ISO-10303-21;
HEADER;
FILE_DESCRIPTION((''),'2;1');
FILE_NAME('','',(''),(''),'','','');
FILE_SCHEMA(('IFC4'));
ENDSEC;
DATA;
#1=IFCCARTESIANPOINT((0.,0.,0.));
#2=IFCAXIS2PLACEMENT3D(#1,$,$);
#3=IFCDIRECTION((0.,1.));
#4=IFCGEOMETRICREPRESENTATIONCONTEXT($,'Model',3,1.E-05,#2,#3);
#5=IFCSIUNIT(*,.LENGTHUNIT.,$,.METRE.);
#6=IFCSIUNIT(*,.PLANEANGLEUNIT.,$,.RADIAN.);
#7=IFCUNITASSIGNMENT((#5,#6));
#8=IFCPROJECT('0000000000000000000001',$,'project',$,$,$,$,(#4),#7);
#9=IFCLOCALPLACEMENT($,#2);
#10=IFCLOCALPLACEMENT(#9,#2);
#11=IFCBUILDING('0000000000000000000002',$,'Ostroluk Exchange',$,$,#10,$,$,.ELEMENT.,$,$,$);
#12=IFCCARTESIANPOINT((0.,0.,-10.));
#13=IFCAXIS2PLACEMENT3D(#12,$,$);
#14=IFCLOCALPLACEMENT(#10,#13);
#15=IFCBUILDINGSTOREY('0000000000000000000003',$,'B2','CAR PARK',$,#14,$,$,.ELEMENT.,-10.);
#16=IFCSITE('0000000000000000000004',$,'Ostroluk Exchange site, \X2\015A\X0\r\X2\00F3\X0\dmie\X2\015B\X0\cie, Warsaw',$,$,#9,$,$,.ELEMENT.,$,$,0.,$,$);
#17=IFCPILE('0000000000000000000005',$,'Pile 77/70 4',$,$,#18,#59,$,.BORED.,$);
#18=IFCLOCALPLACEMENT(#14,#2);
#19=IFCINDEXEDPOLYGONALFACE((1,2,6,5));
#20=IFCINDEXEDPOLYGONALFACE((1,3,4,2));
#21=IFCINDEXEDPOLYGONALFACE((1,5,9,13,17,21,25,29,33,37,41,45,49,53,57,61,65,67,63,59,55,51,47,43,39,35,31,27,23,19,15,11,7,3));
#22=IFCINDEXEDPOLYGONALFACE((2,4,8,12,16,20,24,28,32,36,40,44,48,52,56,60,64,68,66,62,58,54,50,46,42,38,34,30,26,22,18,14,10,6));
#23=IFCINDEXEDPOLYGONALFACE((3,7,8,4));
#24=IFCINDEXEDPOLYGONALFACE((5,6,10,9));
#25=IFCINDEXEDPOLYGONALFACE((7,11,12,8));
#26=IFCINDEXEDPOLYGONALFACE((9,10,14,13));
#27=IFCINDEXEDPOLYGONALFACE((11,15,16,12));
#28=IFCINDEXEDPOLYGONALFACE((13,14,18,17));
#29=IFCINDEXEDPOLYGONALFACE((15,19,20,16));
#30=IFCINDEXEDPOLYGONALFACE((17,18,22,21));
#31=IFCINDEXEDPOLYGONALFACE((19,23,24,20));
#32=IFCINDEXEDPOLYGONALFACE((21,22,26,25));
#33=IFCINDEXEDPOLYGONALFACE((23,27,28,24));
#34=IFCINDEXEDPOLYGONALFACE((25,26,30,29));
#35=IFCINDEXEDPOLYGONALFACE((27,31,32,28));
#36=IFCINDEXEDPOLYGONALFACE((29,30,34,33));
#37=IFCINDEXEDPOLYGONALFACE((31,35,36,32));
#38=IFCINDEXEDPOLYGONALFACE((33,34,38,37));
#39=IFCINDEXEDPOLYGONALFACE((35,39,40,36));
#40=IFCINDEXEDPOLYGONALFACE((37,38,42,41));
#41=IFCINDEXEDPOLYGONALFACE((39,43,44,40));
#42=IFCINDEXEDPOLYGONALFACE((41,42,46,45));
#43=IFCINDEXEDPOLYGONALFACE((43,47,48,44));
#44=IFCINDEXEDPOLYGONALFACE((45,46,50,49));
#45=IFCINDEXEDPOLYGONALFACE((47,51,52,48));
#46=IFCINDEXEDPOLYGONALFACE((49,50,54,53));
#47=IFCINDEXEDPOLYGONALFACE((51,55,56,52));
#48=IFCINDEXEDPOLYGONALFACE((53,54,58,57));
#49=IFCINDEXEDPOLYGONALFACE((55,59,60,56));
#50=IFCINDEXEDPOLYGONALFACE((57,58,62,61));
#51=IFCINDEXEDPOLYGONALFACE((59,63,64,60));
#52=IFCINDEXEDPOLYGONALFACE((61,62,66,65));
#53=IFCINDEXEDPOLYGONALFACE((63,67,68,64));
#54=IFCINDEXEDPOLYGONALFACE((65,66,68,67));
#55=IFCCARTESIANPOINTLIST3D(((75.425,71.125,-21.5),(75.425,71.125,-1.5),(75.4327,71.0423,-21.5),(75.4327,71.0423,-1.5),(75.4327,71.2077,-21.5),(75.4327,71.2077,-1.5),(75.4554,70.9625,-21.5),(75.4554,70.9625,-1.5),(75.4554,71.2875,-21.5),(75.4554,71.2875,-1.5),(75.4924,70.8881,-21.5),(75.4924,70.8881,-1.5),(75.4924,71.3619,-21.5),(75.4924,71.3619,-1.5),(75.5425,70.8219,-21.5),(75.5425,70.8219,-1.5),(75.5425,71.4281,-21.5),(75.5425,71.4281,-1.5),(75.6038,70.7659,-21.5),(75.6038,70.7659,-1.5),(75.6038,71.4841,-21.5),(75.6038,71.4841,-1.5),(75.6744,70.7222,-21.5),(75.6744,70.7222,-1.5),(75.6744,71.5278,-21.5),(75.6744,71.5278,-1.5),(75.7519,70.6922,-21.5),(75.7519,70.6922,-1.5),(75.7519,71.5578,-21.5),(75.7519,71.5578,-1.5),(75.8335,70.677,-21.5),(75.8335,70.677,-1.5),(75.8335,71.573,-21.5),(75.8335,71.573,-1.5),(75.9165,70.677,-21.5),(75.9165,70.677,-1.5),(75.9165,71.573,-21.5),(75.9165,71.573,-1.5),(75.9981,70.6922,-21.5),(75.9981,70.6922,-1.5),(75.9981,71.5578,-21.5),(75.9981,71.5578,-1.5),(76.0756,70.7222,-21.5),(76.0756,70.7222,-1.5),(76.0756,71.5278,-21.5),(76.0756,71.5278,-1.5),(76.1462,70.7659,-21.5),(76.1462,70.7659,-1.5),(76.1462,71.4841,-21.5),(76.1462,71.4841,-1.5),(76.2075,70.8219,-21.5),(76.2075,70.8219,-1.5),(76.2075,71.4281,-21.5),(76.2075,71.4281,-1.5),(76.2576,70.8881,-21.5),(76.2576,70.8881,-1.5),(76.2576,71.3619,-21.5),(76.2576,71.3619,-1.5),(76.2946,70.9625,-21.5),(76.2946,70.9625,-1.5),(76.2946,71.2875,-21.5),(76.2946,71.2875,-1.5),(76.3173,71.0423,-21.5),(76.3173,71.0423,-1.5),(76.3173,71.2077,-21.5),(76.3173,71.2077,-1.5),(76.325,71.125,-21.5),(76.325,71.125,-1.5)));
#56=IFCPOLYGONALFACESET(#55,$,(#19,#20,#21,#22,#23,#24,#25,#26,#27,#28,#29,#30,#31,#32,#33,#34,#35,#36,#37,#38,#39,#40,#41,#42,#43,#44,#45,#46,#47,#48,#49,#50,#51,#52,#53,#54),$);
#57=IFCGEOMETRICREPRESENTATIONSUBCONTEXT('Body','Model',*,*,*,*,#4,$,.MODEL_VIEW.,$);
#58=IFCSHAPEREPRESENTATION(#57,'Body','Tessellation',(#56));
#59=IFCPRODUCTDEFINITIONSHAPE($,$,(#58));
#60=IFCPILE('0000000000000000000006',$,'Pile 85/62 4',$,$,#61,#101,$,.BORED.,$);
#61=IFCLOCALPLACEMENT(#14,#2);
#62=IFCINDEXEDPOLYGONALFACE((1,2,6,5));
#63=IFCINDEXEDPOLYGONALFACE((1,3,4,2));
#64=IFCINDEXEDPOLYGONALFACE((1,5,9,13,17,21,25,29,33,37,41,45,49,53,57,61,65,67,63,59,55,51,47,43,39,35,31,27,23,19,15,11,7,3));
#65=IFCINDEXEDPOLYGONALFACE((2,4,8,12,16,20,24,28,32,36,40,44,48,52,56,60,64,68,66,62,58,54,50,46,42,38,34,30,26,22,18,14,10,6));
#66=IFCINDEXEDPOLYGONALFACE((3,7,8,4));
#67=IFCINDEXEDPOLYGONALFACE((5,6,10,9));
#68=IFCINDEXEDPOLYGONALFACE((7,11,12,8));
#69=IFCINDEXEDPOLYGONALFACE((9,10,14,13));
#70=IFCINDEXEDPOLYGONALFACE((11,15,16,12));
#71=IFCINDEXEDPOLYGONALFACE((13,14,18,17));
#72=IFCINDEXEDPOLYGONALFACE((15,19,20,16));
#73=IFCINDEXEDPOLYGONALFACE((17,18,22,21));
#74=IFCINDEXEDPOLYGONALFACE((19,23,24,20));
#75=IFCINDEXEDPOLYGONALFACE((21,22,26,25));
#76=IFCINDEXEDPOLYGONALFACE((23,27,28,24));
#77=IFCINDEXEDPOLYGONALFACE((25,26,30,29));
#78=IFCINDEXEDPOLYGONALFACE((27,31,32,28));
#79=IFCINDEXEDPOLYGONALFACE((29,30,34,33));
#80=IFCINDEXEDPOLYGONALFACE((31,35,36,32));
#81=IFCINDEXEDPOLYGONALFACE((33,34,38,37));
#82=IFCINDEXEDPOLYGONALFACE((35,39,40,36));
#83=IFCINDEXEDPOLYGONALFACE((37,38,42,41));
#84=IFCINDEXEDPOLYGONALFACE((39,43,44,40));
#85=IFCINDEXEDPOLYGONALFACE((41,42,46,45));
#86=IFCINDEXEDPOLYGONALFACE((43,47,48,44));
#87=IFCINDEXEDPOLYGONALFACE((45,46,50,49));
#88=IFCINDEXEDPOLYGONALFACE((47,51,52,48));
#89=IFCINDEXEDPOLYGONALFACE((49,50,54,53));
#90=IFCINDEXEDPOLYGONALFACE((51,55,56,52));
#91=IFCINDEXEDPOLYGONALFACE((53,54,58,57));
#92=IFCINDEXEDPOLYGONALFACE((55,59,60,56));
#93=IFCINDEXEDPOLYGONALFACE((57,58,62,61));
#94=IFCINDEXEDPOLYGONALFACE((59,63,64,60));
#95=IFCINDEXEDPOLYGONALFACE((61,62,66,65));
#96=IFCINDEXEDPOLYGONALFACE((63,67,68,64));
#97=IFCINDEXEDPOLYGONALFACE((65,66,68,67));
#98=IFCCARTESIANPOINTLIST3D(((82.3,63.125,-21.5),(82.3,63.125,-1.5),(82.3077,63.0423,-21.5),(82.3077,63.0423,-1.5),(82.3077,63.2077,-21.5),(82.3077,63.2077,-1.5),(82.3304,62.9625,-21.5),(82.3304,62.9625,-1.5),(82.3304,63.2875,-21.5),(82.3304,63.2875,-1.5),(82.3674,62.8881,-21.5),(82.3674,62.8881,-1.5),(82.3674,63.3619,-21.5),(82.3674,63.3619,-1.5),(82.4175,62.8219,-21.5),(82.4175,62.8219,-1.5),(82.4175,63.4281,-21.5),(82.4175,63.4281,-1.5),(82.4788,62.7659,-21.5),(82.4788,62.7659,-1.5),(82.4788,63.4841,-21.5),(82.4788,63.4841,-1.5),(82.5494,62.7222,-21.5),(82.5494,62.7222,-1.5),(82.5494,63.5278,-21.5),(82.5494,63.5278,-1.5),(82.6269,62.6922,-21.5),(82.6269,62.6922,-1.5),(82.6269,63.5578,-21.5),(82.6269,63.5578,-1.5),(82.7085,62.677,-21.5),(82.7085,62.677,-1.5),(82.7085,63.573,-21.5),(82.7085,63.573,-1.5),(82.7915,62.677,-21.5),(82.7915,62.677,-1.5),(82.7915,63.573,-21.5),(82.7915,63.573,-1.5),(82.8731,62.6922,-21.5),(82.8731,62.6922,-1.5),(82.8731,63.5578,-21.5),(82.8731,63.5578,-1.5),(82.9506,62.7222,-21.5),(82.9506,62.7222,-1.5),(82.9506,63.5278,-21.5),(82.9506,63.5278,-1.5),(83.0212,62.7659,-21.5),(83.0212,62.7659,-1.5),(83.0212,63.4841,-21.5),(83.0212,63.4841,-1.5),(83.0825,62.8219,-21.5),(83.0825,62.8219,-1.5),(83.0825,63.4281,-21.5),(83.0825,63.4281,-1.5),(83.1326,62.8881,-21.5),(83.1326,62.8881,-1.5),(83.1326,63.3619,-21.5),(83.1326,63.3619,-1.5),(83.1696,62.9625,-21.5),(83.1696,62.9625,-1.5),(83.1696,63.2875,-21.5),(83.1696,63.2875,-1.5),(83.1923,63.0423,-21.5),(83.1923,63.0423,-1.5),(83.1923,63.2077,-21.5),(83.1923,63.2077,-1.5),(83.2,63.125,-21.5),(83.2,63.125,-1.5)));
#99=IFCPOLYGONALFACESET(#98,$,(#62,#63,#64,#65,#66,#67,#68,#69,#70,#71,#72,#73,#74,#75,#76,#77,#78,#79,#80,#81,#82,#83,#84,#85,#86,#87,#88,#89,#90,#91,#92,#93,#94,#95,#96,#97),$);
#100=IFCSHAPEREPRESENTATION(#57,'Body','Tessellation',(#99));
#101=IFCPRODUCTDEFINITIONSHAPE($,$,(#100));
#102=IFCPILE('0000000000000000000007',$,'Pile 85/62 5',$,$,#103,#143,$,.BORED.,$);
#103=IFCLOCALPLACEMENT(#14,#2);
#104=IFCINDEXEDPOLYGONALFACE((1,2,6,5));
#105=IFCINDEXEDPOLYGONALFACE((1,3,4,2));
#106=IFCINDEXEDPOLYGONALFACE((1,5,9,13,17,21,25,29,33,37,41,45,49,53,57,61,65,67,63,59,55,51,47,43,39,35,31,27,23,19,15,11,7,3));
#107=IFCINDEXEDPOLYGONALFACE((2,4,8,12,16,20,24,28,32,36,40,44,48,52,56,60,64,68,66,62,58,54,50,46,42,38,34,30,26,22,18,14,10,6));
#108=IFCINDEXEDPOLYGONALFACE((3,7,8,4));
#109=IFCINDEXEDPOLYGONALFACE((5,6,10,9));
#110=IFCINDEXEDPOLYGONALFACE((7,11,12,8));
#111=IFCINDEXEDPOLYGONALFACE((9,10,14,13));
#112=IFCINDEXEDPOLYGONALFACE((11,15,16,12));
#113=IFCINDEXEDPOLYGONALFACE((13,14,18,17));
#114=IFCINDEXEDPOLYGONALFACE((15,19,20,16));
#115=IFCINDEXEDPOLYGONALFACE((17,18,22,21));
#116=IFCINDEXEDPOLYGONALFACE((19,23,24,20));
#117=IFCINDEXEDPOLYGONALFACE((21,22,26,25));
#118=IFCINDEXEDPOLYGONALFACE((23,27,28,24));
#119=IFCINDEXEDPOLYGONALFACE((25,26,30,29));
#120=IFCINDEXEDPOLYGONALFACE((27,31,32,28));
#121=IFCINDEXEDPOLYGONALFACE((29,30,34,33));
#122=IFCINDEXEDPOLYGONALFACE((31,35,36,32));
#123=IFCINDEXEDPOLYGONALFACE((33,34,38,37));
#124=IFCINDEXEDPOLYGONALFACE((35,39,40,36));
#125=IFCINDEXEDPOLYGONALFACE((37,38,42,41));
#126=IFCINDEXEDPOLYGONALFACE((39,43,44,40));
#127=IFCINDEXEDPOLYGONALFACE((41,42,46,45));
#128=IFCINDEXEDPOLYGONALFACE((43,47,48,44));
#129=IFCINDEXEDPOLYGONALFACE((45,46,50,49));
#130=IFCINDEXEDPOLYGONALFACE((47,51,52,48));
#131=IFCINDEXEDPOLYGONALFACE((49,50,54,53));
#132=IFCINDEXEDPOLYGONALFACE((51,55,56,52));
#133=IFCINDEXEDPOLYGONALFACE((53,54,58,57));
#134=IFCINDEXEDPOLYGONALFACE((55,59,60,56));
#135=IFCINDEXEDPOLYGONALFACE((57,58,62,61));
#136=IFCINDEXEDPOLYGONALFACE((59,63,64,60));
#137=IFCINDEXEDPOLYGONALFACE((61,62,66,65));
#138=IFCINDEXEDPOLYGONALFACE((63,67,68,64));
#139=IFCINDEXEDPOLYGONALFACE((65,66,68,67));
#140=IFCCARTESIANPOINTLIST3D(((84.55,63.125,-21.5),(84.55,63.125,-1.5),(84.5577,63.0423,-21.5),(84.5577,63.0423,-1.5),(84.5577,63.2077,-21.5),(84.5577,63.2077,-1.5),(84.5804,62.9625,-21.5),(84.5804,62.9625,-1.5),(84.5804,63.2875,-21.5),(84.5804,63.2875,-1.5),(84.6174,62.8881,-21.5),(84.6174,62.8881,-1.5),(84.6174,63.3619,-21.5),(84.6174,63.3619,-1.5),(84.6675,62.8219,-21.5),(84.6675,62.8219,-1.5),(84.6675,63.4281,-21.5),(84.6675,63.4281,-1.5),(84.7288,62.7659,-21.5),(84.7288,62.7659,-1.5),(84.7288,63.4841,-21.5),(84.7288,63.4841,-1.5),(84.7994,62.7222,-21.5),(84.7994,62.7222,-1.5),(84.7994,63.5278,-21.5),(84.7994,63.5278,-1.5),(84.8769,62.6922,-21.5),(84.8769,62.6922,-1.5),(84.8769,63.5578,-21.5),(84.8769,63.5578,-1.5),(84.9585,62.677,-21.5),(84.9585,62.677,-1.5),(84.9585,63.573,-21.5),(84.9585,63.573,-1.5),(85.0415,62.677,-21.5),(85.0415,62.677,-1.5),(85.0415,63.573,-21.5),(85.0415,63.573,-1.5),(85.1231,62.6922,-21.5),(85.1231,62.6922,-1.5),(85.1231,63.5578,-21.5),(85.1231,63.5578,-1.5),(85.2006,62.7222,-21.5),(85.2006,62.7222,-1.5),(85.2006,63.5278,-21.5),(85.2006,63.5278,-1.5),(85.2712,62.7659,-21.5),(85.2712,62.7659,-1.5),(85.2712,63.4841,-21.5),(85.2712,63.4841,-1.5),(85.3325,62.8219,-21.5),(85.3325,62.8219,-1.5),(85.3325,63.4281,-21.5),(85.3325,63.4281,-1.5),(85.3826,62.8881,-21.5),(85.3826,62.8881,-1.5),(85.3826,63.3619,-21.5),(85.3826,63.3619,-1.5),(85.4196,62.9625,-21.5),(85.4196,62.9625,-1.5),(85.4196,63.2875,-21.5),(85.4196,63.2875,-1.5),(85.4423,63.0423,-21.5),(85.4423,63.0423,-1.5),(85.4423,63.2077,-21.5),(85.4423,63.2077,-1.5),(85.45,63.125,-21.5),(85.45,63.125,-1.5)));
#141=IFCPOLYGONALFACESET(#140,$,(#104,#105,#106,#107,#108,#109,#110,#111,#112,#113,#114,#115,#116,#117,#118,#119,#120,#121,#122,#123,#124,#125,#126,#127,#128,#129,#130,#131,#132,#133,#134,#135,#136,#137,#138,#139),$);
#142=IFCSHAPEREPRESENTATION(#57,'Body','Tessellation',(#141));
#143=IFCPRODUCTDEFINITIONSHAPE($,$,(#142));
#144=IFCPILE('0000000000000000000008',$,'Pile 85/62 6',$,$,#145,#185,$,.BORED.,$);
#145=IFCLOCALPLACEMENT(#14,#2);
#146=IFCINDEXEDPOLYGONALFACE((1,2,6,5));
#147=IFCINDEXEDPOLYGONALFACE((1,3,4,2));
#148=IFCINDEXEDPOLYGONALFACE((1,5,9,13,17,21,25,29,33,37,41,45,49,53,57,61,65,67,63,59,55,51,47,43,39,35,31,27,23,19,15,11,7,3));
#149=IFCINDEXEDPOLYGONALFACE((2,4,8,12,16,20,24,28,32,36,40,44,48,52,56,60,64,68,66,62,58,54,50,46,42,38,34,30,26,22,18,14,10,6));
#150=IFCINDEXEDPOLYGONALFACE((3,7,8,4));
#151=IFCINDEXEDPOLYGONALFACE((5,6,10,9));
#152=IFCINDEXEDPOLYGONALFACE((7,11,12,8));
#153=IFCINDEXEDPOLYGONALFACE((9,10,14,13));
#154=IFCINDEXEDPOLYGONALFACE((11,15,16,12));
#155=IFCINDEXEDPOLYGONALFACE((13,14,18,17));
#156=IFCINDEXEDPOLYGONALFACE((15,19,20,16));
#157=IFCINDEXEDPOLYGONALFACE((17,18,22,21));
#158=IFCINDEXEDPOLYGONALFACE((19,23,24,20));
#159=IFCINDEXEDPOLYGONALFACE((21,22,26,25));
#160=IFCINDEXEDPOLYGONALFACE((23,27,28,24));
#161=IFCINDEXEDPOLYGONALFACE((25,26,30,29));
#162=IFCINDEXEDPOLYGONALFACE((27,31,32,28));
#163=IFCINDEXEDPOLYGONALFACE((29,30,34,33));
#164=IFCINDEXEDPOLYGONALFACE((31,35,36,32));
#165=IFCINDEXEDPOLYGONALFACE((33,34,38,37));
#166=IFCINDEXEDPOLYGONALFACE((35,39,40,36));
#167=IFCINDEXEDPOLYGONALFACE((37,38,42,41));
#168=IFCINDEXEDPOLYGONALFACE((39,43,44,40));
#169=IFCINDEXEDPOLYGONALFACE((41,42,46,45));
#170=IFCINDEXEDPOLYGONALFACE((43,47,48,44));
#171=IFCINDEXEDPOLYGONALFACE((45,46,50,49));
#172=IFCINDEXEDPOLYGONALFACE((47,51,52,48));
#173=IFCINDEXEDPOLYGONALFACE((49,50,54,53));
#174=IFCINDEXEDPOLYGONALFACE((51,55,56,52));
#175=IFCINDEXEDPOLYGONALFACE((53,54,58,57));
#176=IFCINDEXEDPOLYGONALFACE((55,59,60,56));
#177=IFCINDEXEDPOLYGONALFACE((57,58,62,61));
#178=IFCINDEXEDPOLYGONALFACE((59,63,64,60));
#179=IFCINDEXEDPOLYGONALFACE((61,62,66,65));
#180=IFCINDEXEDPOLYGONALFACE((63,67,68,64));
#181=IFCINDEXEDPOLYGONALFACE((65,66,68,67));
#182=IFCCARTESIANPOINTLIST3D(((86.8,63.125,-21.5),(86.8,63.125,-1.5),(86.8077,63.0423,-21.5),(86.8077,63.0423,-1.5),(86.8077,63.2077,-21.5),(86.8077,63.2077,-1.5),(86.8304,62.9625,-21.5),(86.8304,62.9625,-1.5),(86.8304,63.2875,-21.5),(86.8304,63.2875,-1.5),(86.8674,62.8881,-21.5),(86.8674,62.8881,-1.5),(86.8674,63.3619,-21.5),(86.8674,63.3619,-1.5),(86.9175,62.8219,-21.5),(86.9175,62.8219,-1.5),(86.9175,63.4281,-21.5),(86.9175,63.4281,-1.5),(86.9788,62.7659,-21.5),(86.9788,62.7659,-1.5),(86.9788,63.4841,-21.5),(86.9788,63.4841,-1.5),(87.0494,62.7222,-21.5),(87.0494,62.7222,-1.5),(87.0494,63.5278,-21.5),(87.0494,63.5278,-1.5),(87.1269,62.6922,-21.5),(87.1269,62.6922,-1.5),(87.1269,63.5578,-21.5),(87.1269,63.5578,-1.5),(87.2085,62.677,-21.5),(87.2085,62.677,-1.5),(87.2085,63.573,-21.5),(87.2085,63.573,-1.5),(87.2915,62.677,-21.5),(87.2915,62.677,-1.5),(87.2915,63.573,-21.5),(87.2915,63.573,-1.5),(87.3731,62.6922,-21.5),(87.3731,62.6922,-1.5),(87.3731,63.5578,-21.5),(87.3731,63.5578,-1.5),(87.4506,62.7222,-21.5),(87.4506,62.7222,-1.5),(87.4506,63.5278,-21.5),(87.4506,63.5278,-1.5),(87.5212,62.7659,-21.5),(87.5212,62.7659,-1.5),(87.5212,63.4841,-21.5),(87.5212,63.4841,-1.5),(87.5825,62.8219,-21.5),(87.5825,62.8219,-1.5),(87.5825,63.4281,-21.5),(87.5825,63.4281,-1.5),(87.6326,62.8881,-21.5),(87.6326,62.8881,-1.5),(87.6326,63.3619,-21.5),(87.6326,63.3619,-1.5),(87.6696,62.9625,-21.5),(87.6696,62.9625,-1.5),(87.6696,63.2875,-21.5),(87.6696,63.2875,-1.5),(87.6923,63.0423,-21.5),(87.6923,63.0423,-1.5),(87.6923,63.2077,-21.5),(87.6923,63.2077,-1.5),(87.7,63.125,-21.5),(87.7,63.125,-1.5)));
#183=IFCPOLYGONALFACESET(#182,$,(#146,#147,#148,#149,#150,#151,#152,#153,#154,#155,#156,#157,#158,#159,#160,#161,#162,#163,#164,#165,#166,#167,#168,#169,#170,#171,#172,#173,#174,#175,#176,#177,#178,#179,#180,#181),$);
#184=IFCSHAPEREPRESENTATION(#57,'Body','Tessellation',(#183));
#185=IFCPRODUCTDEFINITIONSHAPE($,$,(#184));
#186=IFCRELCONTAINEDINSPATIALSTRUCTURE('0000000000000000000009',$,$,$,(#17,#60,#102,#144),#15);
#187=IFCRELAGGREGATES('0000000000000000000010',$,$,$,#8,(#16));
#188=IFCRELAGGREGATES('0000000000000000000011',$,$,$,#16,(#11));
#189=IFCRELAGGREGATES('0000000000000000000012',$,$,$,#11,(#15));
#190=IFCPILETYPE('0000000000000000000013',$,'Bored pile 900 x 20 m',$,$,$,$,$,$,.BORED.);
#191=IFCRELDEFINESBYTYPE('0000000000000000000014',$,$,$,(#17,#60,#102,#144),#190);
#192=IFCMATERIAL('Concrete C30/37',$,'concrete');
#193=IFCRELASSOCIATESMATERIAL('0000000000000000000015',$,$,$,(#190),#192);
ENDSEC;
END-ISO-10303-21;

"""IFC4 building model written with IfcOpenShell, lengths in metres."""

from ifc_helpers import new_model, si_unit, direction, frame, origin, origin_2d, place, context, subcontext, project, spatial, circle, extrude, material, type_object, element, save


model = new_model("IFC4")

# Units and contexts
model_context = context("Model", 3, precision=1e-05, world=origin(), true_north=direction((0.0, 1.0)))
body_context = subcontext(model_context, "Body", "Model", "MODEL_VIEW")
ifc_project = project(units=[si_unit("LENGTHUNIT", "METRE"), si_unit("PLANEANGLEUNIT", "RADIAN")], contexts=[model_context])

# Site, building, storey
site_placement = place(None, origin())
site = spatial("IfcSite", under=ifc_project, at=site_placement, Name="Ostroluk Exchange site, Śródmieście, Warsaw", CompositionType="ELEMENT", RefElevation=0.0)
building_placement = place(site_placement, origin())
building = spatial("IfcBuilding", under=site, at=building_placement, Name="Ostroluk Exchange", CompositionType="ELEMENT")
storey_placement = place(building_placement, frame((0.0, 0.0, -10.0)))
storey = spatial("IfcBuildingStorey", under=building, at=storey_placement, Name="B2", Description="CAR PARK", CompositionType="ELEMENT", Elevation=-10.0)

# Piles
ifc_material_1 = material(Name="Concrete C30/37", Category="concrete")
pile_type = type_object("IfcPileType", Name="Bored pile 900 x 20 m", PredefinedType="BORED", material=ifc_material_1)
for number, where, z_axis, x_axis, name in (
    (1, (75.875, 71.125, -1.5), (0.0, 0.0, -1.0), (1.0, 0.0, 0.0), "Pile 77/70 4"),
    (2, (82.75, 63.125, -1.5), (0.0, 0.0, -1.0), (1.0, 0.0, 0.0), "Pile 85/62 4"),
    (3, (85.0, 63.125, -1.5), (0.0, 0.0, -1.0), (1.0, 0.0, 0.0), "Pile 85/62 5"),
    (4, (87.25, 63.125, -1.5), (0.0, 0.0, -1.0), (1.0, 0.0, 0.0), "Pile 85/62 6"),
):
    element("IfcPile", number, at=place(storey_placement, frame(where, z_axis=z_axis, x_axis=x_axis)), inside=storey, type_object=pile_type, Name=name, PredefinedType="BORED", context=body_context, shape_type="SweptSolid", body=[
        extrude(circle(Radius=0.45, at=origin_2d()), origin(), (0.0, 0.0, 1.0), 20.0),
    ])

save(model, "model.ifc")
